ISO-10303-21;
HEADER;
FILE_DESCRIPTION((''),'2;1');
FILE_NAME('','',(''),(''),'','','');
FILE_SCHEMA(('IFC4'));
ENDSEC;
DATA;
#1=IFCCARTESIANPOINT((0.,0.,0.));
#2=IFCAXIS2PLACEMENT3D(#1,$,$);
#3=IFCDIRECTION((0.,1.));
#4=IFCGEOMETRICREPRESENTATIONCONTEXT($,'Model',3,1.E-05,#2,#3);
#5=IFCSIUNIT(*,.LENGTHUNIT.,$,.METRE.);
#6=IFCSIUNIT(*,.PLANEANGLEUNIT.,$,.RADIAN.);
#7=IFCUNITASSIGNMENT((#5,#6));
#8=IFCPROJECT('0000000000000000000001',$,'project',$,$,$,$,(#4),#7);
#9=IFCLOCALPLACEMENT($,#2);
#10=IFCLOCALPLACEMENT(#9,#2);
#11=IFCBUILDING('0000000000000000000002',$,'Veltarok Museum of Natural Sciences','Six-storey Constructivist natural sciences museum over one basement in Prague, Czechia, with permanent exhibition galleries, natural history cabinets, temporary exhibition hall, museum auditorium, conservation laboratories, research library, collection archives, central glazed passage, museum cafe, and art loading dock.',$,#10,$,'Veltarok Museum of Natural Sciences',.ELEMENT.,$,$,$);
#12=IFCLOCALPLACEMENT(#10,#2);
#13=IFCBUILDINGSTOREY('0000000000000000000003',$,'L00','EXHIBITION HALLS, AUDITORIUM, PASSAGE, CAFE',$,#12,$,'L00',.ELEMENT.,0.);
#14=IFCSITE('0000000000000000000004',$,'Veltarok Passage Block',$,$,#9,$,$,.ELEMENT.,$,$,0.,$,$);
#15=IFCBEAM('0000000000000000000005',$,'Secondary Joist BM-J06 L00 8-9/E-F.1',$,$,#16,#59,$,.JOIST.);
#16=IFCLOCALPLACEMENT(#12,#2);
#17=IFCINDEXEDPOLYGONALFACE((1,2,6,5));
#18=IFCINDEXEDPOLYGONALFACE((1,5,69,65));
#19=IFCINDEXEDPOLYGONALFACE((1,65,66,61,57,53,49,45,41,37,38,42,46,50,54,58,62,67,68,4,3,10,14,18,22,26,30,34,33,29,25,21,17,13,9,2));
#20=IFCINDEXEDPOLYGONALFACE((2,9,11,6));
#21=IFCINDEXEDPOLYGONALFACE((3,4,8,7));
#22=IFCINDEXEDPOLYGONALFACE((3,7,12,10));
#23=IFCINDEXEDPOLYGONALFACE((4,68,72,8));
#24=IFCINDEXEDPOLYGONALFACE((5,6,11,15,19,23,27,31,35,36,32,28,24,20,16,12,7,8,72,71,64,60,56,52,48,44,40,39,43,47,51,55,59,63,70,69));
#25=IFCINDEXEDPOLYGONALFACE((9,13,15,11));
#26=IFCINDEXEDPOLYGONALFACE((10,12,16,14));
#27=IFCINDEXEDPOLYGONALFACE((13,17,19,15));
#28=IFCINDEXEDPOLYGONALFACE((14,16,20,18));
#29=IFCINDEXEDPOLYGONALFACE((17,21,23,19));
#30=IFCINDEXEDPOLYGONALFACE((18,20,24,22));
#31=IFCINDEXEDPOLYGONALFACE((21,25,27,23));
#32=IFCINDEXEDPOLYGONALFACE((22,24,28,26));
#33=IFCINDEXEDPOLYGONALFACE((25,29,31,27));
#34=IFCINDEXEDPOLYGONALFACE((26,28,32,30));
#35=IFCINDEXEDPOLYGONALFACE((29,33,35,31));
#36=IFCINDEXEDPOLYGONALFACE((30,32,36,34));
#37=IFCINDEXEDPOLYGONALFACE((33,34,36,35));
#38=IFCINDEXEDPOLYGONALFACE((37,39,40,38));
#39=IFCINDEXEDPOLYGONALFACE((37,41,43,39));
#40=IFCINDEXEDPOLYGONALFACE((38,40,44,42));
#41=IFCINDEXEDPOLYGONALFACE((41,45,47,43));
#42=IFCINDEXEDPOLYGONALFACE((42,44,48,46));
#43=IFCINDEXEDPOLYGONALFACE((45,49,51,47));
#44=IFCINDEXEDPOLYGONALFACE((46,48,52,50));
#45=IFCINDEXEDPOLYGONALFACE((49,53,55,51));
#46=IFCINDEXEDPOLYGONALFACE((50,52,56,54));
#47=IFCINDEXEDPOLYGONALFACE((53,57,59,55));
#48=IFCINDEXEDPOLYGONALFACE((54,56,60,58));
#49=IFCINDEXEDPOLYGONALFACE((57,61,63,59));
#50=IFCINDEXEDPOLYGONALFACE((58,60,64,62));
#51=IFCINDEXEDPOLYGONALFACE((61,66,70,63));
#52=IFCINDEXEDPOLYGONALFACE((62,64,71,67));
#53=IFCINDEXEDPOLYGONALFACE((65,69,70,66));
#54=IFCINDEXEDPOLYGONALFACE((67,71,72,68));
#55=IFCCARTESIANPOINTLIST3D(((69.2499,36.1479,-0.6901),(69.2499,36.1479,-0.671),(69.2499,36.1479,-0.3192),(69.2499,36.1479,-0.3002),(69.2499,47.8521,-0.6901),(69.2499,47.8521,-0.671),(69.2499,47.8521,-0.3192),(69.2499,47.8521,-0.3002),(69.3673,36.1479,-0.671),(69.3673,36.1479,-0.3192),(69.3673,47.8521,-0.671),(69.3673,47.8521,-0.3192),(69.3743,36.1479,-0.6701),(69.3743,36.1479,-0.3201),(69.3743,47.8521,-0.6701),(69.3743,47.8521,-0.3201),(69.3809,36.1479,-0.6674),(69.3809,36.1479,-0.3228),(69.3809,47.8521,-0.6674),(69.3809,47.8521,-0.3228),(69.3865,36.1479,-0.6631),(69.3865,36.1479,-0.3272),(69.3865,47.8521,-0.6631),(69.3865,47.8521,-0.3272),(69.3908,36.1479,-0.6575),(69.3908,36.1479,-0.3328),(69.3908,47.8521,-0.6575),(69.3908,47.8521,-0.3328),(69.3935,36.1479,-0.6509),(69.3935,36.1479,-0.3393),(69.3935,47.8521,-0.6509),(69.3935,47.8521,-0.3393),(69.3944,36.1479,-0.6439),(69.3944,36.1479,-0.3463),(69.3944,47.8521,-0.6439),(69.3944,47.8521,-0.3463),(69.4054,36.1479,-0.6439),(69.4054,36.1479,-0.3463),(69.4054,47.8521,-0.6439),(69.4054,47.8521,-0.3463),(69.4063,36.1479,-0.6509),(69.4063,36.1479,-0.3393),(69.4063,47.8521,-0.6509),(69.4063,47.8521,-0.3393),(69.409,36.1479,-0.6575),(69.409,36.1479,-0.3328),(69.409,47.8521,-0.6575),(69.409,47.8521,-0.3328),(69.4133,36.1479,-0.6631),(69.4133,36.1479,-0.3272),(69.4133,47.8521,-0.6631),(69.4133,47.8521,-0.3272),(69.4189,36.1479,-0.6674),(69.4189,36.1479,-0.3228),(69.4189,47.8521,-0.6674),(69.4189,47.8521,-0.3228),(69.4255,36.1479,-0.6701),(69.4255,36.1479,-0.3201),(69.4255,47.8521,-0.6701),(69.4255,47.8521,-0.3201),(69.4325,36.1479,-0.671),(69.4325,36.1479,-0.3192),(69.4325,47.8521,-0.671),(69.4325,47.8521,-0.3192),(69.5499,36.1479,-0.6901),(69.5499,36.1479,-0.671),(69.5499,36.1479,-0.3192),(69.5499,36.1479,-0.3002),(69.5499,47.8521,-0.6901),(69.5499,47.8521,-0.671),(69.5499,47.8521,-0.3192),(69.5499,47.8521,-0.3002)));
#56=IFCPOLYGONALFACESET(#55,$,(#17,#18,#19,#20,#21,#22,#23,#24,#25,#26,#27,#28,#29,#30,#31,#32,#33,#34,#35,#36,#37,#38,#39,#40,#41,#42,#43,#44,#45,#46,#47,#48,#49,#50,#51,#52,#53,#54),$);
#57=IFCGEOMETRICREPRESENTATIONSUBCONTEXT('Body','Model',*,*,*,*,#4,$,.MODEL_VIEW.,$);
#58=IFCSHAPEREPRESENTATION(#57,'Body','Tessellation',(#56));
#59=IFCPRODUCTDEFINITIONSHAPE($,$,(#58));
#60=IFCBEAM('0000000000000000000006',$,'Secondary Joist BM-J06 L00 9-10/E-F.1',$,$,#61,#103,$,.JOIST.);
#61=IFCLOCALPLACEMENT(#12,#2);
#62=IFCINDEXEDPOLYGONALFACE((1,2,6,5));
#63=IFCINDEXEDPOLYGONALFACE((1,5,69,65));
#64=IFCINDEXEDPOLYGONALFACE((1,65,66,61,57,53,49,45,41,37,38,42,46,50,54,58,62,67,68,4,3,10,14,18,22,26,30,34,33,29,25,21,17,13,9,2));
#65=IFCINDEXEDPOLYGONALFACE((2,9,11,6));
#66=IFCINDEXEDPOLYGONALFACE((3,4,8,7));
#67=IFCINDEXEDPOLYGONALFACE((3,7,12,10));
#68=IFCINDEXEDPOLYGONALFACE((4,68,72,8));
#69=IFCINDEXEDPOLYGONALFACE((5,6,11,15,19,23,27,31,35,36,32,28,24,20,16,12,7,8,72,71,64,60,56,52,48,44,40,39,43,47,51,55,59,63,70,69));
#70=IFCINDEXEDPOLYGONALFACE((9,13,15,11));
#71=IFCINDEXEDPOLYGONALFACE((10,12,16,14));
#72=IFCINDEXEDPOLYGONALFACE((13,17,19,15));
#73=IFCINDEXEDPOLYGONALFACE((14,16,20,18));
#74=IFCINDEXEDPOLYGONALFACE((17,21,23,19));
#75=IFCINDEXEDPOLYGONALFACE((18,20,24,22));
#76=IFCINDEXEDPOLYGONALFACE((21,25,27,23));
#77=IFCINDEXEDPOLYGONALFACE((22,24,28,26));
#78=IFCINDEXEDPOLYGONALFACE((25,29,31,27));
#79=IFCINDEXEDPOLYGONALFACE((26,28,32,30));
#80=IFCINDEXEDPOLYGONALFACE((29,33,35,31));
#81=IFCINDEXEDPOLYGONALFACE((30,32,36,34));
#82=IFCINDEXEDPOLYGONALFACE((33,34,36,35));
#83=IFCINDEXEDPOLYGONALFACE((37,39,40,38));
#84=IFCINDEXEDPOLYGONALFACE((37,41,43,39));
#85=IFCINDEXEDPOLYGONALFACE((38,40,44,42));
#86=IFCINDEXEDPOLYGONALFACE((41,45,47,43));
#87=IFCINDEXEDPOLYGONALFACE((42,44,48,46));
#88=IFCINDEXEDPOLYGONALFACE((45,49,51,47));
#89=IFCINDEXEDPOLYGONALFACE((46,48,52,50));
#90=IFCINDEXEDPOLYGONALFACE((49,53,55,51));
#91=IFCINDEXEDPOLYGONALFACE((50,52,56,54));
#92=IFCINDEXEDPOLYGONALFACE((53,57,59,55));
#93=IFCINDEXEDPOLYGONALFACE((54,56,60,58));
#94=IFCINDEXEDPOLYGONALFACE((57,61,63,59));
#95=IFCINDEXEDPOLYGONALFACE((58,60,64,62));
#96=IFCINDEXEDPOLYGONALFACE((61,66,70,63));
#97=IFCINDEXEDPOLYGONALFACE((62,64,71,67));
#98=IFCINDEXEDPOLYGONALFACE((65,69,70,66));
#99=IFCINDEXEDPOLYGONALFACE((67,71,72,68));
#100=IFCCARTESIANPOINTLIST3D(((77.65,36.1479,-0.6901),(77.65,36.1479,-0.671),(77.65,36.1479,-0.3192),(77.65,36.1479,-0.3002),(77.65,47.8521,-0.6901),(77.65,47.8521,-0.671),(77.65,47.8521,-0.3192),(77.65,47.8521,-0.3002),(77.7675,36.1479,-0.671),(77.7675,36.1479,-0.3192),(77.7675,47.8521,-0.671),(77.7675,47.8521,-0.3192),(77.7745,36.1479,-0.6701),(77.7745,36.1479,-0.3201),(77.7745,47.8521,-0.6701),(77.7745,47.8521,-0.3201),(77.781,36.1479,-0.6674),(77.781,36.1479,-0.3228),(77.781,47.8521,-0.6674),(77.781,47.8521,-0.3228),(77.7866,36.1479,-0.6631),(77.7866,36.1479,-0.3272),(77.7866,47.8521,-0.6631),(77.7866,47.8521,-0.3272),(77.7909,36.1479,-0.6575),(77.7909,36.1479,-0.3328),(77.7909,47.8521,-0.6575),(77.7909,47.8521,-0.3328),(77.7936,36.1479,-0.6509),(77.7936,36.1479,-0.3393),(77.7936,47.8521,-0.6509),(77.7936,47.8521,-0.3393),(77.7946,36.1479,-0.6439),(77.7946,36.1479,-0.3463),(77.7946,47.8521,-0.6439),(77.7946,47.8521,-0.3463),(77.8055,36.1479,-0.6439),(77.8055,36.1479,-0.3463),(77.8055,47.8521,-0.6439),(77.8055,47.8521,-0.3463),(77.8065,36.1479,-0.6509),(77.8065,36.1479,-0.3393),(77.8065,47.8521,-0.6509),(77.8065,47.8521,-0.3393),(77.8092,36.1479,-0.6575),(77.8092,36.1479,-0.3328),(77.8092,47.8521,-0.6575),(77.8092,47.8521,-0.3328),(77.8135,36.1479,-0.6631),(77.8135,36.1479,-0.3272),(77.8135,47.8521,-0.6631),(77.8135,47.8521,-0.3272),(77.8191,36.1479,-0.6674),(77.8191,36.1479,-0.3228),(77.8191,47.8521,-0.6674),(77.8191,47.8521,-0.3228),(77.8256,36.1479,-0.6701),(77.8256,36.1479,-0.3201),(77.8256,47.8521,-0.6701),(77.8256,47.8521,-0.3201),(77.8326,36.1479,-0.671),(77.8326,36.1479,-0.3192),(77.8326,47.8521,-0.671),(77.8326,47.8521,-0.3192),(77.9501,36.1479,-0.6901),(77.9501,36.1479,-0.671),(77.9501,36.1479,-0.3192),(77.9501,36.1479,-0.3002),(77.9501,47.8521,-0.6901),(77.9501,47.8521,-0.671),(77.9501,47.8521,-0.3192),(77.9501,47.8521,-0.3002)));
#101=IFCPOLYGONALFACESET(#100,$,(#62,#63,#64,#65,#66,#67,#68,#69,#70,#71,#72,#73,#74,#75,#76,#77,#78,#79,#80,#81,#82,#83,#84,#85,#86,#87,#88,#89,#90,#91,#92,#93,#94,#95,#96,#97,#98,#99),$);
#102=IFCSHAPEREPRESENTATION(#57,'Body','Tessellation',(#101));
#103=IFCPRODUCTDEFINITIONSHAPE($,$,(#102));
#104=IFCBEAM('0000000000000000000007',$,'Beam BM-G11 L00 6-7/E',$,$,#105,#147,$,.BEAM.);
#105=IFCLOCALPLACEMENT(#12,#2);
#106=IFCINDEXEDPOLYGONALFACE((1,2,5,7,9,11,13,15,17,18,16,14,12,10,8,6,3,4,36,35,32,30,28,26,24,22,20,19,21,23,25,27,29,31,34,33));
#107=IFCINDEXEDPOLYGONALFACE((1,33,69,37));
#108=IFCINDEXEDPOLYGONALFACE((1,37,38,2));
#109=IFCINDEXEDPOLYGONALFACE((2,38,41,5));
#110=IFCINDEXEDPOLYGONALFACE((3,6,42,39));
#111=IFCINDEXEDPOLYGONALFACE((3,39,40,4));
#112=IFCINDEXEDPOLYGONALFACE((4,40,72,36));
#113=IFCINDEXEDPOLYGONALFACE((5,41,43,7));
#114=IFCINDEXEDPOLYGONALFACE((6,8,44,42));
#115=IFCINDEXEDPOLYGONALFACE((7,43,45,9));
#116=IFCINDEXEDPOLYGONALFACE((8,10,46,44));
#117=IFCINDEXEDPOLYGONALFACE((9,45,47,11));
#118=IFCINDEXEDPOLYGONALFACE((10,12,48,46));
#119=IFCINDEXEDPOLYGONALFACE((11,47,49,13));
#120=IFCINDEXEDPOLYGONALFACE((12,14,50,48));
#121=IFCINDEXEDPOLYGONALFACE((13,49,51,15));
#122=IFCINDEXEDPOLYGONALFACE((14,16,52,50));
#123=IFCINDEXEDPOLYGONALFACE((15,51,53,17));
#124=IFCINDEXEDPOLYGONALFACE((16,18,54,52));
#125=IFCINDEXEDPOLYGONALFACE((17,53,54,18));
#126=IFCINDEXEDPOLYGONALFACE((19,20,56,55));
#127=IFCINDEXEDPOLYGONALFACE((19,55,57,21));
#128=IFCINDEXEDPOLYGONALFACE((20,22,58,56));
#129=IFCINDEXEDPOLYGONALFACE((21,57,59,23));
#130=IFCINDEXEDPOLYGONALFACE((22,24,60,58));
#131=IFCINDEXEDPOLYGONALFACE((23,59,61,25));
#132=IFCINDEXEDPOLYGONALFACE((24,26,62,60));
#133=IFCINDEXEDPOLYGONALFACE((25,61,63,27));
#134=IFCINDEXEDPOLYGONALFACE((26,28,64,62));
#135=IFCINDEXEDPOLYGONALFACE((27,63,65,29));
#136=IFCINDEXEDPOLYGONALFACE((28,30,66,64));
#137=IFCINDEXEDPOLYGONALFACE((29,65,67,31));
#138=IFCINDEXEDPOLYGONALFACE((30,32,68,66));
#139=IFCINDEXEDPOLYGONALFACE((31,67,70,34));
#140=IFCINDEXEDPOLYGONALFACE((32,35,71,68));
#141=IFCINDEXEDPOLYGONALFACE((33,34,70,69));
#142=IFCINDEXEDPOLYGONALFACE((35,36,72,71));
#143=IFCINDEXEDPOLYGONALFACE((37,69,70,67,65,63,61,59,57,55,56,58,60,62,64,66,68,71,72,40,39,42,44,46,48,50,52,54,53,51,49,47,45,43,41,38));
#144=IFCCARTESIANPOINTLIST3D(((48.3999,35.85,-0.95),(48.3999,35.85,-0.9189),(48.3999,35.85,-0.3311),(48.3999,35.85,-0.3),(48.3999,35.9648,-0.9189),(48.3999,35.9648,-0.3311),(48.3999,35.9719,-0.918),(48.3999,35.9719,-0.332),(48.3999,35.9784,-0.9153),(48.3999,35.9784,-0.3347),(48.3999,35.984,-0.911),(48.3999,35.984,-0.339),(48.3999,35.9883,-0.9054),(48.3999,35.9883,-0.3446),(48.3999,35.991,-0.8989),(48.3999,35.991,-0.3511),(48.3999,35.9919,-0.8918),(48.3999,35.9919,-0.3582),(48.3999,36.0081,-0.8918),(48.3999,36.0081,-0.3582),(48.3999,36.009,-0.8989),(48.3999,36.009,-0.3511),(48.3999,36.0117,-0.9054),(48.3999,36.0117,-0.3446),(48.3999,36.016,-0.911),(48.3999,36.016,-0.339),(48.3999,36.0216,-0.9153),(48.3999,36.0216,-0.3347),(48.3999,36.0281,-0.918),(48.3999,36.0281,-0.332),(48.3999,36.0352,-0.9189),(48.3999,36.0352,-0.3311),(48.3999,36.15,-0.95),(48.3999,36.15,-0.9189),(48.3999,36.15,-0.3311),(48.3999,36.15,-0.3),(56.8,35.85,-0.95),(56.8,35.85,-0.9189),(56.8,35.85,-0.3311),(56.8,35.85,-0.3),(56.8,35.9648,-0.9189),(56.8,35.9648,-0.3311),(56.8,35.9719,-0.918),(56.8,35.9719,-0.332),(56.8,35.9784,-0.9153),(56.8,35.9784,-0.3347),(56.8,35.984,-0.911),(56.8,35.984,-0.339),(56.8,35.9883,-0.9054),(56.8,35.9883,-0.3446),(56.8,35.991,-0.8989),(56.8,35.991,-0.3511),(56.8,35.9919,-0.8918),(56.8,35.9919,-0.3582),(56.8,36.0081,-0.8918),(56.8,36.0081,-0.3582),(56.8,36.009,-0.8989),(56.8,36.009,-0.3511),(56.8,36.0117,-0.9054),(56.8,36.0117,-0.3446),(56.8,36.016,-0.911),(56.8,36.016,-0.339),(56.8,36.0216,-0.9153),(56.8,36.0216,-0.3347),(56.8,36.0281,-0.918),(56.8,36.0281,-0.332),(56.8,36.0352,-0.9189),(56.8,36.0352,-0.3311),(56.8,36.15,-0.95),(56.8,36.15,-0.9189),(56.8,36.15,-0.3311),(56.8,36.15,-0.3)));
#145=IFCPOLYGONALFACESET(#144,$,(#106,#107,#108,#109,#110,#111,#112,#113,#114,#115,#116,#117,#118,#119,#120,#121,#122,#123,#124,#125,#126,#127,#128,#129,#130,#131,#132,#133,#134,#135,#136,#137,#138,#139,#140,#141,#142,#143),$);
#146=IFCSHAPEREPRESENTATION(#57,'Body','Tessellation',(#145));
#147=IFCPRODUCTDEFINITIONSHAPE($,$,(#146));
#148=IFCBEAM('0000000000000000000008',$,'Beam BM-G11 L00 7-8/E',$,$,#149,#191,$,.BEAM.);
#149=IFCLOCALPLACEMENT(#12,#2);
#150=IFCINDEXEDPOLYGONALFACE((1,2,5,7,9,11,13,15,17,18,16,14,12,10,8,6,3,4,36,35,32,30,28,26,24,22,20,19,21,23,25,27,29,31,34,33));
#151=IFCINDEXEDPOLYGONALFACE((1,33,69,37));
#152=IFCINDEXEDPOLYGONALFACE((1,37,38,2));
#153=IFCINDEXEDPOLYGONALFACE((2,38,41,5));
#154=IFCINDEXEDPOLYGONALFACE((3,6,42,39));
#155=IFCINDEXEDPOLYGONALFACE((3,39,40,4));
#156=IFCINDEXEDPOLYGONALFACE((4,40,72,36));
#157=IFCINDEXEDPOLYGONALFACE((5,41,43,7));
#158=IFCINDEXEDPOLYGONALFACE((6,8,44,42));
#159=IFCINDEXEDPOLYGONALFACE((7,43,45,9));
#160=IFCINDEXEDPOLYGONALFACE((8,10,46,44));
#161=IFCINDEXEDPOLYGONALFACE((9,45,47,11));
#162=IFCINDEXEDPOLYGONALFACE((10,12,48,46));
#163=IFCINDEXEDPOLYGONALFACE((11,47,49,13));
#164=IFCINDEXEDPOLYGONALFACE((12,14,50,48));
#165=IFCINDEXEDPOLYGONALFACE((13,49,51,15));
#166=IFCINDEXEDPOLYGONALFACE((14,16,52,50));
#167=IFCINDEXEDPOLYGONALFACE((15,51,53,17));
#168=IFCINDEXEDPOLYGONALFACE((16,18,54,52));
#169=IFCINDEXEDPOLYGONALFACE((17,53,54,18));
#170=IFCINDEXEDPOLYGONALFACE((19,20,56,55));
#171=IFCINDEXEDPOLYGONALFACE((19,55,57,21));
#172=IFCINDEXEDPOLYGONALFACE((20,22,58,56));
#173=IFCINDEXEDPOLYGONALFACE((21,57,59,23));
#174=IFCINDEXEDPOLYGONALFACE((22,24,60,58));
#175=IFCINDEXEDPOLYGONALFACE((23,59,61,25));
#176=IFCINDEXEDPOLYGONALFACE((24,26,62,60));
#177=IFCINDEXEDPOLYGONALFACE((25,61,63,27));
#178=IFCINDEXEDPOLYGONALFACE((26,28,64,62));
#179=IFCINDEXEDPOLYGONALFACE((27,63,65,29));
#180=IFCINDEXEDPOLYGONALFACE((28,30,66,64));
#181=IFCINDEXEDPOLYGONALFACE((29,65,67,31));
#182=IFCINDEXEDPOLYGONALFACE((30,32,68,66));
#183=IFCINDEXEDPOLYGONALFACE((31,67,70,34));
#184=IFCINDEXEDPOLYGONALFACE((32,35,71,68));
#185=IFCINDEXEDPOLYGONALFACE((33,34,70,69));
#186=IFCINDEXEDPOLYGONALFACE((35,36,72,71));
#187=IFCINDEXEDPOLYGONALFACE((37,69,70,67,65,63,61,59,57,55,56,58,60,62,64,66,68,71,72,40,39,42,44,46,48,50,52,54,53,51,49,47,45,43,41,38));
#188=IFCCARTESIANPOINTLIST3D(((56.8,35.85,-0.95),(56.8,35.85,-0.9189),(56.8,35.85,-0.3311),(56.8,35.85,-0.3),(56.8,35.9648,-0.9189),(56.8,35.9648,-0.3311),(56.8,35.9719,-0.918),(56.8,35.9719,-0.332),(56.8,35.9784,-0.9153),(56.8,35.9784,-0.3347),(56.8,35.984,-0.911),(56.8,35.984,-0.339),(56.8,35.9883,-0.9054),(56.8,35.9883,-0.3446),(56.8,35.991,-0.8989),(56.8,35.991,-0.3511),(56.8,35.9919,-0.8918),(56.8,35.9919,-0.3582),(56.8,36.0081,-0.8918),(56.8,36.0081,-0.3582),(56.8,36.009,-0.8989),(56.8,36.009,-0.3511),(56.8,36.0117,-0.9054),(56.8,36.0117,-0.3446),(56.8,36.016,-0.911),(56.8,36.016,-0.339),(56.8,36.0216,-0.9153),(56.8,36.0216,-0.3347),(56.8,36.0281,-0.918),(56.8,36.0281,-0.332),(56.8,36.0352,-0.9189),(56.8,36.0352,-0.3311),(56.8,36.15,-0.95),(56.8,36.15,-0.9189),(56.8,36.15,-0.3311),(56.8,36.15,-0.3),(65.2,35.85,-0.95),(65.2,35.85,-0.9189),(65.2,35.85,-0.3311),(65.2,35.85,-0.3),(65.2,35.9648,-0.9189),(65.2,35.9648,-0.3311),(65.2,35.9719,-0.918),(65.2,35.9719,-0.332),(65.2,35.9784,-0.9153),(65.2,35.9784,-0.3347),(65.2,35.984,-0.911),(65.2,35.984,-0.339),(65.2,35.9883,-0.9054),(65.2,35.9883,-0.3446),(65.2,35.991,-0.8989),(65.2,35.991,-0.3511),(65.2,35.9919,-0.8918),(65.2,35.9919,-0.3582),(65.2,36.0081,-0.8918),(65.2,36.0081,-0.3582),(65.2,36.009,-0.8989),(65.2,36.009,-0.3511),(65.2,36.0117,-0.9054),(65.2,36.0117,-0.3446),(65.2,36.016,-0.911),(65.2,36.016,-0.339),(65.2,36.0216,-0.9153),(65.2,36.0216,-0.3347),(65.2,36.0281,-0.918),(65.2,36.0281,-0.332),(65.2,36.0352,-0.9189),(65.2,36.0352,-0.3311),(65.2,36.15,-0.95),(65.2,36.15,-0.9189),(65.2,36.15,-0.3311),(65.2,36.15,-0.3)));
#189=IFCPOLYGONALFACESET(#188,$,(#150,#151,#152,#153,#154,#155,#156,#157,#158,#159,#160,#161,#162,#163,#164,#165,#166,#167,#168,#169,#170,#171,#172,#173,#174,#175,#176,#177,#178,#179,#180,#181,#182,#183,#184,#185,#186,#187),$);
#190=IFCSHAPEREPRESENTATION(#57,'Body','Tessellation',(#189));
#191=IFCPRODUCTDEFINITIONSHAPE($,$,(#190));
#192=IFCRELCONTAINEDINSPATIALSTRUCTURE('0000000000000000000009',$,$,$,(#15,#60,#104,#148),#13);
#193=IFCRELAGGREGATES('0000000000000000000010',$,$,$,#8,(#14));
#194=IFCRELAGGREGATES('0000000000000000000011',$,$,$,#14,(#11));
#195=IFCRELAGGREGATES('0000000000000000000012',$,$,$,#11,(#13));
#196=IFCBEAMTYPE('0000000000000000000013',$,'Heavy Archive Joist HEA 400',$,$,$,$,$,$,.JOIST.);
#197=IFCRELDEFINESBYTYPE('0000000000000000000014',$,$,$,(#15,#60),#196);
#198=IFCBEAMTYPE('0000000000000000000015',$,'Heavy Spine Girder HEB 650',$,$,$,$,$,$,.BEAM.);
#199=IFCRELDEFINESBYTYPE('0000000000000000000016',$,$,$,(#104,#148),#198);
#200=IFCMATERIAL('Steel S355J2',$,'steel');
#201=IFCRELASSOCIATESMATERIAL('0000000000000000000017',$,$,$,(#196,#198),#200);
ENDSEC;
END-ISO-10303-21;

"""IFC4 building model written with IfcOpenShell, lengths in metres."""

from ifc_helpers import new_model, si_unit, direction, frame, origin, origin_2d, place, context, subcontext, project, spatial, i_section, extrude, material, material_profile, profile_set, type_object, element, save


model = new_model("IFC4")

# Units and contexts
model_context = context("Model", 3, precision=1e-05, world=origin(), true_north=direction((0.0, 1.0)))
body_context = subcontext(model_context, "Body", "Model", "MODEL_VIEW")
ifc_project = project(units=[si_unit("LENGTHUNIT", "METRE"), si_unit("PLANEANGLEUNIT", "RADIAN")], contexts=[model_context])

# Site, building, storey
site_placement = place(None, origin())
site = spatial("IfcSite", under=ifc_project, at=site_placement, Name="Veltarok Passage Block", CompositionType="ELEMENT", RefElevation=0.0)
building_placement = place(site_placement, origin())
building = spatial("IfcBuilding", under=site, at=building_placement, Name="Veltarok Museum of Natural Sciences", Description="Six-storey Constructivist natural sciences museum over one basement in Prague, Czechia, with permanent exhibition galleries, natural history cabinets, temporary exhibition hall, museum auditorium, conservation laboratories, research library, collection archives, central glazed passage, museum cafe, and art loading dock.", LongName="Veltarok Museum of Natural Sciences", CompositionType="ELEMENT")
storey_placement = place(building_placement, origin())
storey = spatial("IfcBuildingStorey", under=building, at=storey_placement, Name="L00", Description="EXHIBITION HALLS, AUDITORIUM, PASSAGE, CAFE", LongName="L00", CompositionType="ELEMENT", Elevation=0.0)

# Shared definitions
ifc_material_1 = material(Name="Steel S355J2", Category="steel")

# Beams
ifc_material_profile_1 = material_profile(ifc_material_1, i_section(OverallWidth=0.3, OverallDepth=0.3899, WebThickness=0.011, FlangeThickness=0.019, FilletRadius=0.0271, at=origin_2d()), Name="HEA 400")
ifc_profile_set_1 = profile_set([ifc_material_profile_1], Name="Steel S355J2")
beam_type_1 = type_object("IfcBeamType", Name="Heavy Archive Joist HEA 400", PredefinedType="JOIST", material=ifc_profile_set_1)
for number, where, z_axis, x_axis, name in (
    (1, (69.3999, 36.1479, -0.4951), (0.0, 1.0, 0.0), (-1.0, 0.0, 0.0), "Secondary Joist BM-J06 L00 8-9/E-F.1"),
    (2, (77.8, 36.1479, -0.4951), (0.0, 1.0, 0.0), (-1.0, 0.0, 0.0), "Secondary Joist BM-J06 L00 9-10/E-F.1"),
):
    element("IfcBeam", number, at=place(storey_placement, frame(where, z_axis=z_axis, x_axis=x_axis)), inside=storey, type_object=beam_type_1, Name=name, PredefinedType="JOIST", context=body_context, shape_type="SweptSolid", body=[
        extrude(i_section(OverallWidth=0.3, OverallDepth=0.3899, WebThickness=0.011, FlangeThickness=0.019, FilletRadius=0.0271, at=origin_2d()), origin(), (0.0, 0.0, 1.0), 11.7041),
    ])
ifc_material_profile_2 = material_profile(ifc_material_1, i_section(OverallWidth=0.3, OverallDepth=0.6499, WebThickness=0.0161, FlangeThickness=0.031, FilletRadius=0.0271, at=origin_2d()), Name="HEB 650")
ifc_profile_set_2 = profile_set([ifc_material_profile_2], Name="Steel S355J2")
beam_type_2 = type_object("IfcBeamType", Name="Heavy Spine Girder HEB 650", PredefinedType="BEAM", material=ifc_profile_set_2)
beam_1_placement = place(storey_placement, frame((48.3999, 36.0, -0.625), z_axis=(1.0, 0.0, 0.0), x_axis=(0.0, 1.0, 0.0)))
element("IfcBeam", 3, at=beam_1_placement, inside=storey, type_object=beam_type_2, Name="Beam BM-G11 L00 6-7/E", PredefinedType="BEAM", context=body_context, shape_type="SweptSolid", body=[
    extrude(i_section(OverallWidth=0.3, OverallDepth=0.6499, WebThickness=0.0161, FlangeThickness=0.031, FilletRadius=0.0271, at=origin_2d()), origin(), (0.0, 0.0, 1.0), 8.4001),
])
beam_2_placement = place(storey_placement, frame((56.8, 36.0, -0.625), z_axis=(1.0, 0.0, 0.0), x_axis=(0.0, 1.0, 0.0)))
element("IfcBeam", 4, at=beam_2_placement, inside=storey, type_object=beam_type_2, Name="Beam BM-G11 L00 7-8/E", PredefinedType="BEAM", context=body_context, shape_type="SweptSolid", body=[
    extrude(i_section(OverallWidth=0.3, OverallDepth=0.6499, WebThickness=0.0161, FlangeThickness=0.031, FilletRadius=0.0271, at=origin_2d()), origin(), (0.0, 0.0, 1.0), 8.3999),
])

save(model, "model.ifc")
